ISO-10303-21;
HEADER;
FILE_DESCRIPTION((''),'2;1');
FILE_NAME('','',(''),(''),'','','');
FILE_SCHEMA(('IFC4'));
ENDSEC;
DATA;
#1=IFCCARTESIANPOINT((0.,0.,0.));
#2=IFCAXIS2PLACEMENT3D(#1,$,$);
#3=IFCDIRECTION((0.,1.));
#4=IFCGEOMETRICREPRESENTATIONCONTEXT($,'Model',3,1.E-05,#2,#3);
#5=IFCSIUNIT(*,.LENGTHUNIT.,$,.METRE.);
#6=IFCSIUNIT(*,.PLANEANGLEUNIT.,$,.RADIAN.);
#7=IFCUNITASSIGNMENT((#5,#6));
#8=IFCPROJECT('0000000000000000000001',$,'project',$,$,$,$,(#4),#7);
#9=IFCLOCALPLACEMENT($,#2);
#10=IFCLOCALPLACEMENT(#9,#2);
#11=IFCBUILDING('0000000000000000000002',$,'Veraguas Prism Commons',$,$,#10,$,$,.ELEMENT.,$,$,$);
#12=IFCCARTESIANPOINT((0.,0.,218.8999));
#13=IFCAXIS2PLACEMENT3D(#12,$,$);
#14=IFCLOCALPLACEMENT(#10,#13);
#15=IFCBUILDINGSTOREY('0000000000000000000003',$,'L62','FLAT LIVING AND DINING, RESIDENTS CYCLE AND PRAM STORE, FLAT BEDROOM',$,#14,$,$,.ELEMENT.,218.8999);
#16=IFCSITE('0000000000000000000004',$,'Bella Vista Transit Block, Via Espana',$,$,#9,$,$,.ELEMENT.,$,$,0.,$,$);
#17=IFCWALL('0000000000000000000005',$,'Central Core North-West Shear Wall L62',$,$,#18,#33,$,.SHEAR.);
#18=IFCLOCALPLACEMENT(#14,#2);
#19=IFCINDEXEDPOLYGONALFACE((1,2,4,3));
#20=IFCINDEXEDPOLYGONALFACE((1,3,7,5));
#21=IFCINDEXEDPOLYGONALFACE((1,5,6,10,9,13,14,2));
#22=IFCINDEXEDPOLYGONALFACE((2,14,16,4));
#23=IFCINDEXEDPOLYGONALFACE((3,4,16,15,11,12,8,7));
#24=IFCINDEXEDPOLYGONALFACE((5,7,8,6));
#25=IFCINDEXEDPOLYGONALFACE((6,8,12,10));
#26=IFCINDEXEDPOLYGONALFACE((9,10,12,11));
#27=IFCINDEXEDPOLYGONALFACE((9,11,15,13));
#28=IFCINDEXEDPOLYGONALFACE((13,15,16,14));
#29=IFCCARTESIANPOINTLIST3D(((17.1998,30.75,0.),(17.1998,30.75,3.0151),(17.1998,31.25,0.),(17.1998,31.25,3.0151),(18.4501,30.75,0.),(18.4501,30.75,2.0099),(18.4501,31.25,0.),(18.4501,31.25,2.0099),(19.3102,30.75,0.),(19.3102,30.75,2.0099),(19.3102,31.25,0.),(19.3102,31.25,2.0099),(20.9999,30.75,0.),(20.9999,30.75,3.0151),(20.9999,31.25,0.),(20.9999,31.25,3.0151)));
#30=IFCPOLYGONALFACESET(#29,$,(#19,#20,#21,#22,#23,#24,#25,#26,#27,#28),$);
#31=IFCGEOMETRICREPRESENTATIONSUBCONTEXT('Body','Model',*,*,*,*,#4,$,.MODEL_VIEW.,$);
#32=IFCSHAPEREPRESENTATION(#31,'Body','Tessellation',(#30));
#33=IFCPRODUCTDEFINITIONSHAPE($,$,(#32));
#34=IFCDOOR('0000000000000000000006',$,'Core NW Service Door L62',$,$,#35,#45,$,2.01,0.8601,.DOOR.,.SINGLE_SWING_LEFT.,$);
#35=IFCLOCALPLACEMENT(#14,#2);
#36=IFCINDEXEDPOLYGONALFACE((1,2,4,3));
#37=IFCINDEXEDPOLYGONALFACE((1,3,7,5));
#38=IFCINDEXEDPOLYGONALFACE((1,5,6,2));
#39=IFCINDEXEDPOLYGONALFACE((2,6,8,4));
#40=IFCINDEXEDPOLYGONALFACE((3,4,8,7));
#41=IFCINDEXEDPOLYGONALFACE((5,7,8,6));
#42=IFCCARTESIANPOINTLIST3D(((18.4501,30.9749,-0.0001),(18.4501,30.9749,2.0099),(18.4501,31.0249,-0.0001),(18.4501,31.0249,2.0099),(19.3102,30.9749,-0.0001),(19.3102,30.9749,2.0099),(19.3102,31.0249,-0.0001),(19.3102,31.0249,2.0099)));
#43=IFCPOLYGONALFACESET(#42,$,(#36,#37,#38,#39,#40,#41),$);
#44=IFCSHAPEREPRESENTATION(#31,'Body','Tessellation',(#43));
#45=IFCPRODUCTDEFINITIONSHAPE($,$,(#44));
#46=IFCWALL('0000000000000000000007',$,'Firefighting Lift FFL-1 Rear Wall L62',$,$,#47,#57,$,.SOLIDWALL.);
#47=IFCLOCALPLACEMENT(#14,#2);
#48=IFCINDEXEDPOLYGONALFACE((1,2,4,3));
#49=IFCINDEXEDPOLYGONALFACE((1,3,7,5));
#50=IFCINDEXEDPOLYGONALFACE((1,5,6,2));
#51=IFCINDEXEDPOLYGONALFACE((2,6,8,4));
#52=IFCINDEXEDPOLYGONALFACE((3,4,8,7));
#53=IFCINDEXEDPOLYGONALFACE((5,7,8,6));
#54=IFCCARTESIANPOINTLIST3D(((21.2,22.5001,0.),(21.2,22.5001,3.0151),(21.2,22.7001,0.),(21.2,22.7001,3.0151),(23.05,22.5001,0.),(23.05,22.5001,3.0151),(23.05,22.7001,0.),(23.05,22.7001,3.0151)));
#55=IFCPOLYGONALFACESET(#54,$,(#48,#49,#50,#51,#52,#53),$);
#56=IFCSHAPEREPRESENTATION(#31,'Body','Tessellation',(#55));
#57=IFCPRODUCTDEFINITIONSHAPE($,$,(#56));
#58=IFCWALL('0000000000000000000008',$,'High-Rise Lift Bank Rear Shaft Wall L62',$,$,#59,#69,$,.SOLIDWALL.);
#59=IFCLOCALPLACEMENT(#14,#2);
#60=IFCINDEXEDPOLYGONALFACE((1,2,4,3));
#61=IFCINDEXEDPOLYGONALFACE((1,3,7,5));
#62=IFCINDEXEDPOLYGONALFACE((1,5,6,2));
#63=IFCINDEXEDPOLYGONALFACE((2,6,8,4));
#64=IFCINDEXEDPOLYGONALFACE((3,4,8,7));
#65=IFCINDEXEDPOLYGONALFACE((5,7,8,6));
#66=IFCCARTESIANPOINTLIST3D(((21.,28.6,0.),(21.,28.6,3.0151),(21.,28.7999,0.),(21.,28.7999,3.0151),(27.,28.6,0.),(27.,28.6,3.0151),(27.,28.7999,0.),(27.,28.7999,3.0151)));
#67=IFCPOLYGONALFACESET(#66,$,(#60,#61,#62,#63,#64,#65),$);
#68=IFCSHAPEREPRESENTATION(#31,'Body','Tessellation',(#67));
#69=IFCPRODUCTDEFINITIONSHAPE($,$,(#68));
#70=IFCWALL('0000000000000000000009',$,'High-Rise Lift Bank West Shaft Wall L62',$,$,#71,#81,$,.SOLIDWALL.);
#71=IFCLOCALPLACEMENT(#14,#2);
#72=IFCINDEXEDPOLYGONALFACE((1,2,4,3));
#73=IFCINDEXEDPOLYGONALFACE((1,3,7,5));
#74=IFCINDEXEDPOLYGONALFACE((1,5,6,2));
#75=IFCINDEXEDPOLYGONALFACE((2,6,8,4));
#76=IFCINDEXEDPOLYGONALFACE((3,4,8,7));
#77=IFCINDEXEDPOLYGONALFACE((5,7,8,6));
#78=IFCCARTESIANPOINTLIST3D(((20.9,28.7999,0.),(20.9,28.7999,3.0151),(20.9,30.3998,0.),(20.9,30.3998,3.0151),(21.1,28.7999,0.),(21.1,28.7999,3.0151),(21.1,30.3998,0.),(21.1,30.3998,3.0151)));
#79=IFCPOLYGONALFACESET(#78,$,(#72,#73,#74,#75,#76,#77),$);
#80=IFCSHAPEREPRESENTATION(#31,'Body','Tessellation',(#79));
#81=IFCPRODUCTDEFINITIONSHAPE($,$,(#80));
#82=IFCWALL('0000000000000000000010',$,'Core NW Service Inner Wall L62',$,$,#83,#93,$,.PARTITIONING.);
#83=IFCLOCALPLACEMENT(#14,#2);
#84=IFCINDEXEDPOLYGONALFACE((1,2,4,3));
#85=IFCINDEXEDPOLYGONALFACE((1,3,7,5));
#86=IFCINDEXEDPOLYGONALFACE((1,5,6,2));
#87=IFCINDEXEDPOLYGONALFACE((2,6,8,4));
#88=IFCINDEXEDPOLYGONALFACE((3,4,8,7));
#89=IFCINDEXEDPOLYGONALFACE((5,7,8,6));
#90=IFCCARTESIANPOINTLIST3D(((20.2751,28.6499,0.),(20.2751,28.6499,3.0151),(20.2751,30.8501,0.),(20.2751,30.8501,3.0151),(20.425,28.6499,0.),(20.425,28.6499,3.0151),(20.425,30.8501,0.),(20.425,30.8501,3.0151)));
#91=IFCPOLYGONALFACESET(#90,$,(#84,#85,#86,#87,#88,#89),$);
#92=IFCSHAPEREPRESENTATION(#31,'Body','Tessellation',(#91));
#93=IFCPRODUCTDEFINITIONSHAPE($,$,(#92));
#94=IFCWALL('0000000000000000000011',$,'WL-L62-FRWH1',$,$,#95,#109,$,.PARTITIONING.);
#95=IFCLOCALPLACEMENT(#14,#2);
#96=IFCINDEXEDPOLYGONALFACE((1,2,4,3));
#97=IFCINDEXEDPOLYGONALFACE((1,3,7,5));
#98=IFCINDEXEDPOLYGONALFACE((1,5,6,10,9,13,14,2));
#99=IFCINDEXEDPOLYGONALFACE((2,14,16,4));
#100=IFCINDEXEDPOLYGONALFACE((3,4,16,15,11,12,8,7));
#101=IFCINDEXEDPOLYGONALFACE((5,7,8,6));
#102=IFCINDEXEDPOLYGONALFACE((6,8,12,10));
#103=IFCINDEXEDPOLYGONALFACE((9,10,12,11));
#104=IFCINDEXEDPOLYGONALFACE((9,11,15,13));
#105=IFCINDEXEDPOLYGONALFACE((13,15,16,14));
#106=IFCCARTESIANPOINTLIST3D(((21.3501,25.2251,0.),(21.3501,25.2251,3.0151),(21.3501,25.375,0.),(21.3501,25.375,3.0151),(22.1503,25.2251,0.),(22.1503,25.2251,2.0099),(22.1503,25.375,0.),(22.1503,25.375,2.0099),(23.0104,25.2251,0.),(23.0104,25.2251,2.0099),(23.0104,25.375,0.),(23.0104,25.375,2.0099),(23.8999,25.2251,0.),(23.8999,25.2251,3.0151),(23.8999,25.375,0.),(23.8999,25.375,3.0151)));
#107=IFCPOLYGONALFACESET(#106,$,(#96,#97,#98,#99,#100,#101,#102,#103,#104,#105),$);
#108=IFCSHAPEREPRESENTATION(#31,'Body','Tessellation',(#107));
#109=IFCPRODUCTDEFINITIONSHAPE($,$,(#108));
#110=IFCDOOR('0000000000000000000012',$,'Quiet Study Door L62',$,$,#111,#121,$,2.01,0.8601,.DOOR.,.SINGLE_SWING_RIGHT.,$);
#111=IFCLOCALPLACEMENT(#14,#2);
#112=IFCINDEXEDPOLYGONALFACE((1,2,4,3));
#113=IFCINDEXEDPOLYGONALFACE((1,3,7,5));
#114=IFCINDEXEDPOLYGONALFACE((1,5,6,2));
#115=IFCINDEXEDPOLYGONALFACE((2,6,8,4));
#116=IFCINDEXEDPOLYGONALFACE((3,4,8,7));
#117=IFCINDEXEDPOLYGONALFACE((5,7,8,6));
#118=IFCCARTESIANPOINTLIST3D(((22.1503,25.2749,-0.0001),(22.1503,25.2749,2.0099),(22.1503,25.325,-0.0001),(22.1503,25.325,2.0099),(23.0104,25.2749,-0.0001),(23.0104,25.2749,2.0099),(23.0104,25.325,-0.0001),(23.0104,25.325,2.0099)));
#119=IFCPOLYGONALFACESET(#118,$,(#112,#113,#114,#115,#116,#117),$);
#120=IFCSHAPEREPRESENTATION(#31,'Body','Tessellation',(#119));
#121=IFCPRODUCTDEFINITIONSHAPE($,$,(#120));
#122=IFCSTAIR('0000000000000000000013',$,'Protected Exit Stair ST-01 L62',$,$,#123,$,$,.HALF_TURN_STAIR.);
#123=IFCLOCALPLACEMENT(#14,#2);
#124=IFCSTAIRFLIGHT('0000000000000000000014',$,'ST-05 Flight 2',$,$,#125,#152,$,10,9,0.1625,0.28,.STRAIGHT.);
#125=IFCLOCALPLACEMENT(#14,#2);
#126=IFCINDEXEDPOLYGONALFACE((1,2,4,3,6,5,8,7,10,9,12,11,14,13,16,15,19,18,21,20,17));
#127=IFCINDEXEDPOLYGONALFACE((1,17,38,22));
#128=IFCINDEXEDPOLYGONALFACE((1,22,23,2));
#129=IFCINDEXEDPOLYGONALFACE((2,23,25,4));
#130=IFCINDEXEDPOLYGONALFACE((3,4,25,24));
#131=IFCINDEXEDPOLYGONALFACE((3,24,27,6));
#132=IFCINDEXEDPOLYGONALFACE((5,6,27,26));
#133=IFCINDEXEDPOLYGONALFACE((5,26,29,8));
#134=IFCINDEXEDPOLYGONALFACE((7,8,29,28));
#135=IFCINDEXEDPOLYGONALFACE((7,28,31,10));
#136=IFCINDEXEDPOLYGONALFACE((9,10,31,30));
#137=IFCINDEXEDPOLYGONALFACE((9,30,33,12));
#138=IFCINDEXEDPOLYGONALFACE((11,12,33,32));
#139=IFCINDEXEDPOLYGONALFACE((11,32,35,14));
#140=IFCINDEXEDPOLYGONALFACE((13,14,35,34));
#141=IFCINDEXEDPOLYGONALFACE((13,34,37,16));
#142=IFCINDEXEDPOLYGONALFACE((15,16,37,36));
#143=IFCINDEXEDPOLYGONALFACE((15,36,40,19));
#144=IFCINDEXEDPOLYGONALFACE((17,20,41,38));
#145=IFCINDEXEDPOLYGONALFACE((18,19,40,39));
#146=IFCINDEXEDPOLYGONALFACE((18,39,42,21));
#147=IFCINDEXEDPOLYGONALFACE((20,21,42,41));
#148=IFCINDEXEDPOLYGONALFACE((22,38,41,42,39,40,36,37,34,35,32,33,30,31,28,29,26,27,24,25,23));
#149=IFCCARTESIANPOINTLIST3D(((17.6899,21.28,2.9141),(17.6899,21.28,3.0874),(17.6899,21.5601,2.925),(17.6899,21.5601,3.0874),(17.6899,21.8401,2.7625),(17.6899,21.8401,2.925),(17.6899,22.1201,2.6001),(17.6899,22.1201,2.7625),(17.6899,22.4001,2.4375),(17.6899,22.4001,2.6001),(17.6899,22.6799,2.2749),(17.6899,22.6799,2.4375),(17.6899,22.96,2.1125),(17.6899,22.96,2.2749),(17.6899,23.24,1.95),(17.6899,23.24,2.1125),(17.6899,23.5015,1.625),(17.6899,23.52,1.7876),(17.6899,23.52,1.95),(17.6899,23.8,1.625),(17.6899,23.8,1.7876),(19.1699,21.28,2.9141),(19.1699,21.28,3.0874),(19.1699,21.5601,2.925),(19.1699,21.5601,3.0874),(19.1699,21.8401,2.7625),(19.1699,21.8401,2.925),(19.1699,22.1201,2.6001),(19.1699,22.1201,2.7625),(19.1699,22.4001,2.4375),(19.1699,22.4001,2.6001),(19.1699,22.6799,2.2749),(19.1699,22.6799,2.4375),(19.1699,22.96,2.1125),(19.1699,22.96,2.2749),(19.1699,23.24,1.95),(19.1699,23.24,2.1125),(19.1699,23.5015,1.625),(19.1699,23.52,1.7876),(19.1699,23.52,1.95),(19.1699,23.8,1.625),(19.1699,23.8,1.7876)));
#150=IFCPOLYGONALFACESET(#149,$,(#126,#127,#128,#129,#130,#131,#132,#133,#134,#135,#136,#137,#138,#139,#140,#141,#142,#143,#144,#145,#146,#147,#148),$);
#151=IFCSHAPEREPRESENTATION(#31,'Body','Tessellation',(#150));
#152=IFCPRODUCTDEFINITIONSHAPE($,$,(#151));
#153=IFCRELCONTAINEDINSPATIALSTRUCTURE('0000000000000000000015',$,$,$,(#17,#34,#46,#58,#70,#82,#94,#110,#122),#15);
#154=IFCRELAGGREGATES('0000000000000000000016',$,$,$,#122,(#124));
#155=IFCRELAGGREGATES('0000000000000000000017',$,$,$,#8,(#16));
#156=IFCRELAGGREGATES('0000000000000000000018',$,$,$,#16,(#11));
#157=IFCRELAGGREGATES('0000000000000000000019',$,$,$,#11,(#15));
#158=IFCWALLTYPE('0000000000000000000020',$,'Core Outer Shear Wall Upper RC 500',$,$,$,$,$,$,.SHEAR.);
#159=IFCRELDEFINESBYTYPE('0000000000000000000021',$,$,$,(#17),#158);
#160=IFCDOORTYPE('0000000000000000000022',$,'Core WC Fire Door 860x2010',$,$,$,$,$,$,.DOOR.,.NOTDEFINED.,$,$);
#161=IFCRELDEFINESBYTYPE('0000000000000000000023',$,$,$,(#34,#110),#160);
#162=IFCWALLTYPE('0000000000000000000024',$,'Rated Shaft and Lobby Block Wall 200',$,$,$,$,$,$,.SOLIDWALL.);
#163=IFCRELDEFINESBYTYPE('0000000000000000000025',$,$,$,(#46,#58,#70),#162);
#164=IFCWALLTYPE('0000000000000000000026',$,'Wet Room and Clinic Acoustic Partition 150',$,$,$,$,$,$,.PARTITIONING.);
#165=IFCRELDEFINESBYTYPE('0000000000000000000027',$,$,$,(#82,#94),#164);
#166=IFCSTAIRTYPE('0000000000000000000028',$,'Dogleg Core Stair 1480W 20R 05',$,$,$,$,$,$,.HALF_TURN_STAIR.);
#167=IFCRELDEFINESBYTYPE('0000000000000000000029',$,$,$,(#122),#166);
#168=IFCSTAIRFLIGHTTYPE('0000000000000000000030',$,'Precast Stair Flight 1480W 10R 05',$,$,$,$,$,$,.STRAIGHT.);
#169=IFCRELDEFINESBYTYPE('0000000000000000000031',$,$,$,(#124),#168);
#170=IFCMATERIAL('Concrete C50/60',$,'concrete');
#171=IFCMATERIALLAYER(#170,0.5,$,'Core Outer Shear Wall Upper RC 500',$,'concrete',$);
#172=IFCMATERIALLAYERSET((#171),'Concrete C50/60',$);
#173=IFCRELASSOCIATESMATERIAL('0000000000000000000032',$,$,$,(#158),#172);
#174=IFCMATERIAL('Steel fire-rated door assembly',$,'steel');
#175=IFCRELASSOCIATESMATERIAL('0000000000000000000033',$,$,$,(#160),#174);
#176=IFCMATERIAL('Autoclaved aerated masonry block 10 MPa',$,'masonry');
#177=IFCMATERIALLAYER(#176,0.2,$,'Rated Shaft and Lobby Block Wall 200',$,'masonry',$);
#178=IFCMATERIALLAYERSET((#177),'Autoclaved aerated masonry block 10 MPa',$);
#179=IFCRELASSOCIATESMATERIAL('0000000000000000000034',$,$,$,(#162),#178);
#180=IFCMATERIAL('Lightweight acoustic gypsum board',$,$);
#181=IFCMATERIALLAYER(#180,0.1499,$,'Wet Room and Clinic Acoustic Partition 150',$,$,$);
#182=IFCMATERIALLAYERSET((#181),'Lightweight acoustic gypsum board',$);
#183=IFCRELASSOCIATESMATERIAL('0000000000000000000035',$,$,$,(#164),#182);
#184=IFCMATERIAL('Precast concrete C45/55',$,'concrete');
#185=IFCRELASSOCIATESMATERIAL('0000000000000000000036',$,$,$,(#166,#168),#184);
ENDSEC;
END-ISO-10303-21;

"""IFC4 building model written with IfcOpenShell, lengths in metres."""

from ifc_helpers import new_model, si_unit, direction, frame, frame_2d, origin, place, context, subcontext, project, spatial, polyline, rectangle, outline, extrude, source, transform, mapped, material, layer, layer_set, type_object, element, fill, aggregate, save


model = new_model("IFC4")

# Units and contexts
model_context = context("Model", 3, precision=1e-05, world=origin(), true_north=direction((0.0, 1.0)))
body_context = subcontext(model_context, "Body", "Model", "MODEL_VIEW")
ifc_project = project(units=[si_unit("LENGTHUNIT", "METRE"), si_unit("PLANEANGLEUNIT", "RADIAN")], contexts=[model_context])

# Site, building, storey
site_placement = place(None, origin())
site = spatial("IfcSite", under=ifc_project, at=site_placement, Name="Bella Vista Transit Block, Via Espana", CompositionType="ELEMENT", RefElevation=0.0)
building_placement = place(site_placement, origin())
building = spatial("IfcBuilding", under=site, at=building_placement, Name="Veraguas Prism Commons", CompositionType="ELEMENT")
storey_placement = place(building_placement, frame((0.0, 0.0, 218.8999)))
storey = spatial("IfcBuildingStorey", under=building, at=storey_placement, Name="L62", Description="FLAT LIVING AND DINING, RESIDENTS CYCLE AND PRAM STORE, FLAT BEDROOM", CompositionType="ELEMENT", Elevation=218.8999)

# Shared definitions
ifc_material_1 = material(Name="Concrete C50/60", Category="concrete")

# Wall, opening, door
ifc_layer_1 = layer(ifc_material_1, 0.5, Name="Core Outer Shear Wall Upper RC 500", Category="concrete")
ifc_layer_set_1 = layer_set([ifc_layer_1], Name="Concrete C50/60")
wall_type_1 = type_object("IfcWallType", Name="Core Outer Shear Wall Upper RC 500", PredefinedType="SHEAR", material=ifc_layer_set_1)
wall_1_placement = place(storey_placement, frame((17.2, 31.0, 0.0), z_axis=(0.0, 0.0, 1.0), x_axis=(1.0, 0.0, 0.0)))
wall_1 = element("IfcWall", 1, at=wall_1_placement, inside=storey, type_object=wall_type_1, Name="Central Core North-West Shear Wall L62", PredefinedType="SHEAR", context=body_context, shape_type="SweptSolid", body=[
    extrude(rectangle(XDim=3.8, YDim=0.5, at=frame_2d((1.8999, 0.0))), origin(), (0.0, 0.0, 1.0), 3.0151),
])
opening_1_placement = place(wall_1_placement, frame((1.25, 0.0, 0.0)))
opening_1 = element("IfcOpeningElement", 2, at=opening_1_placement, cuts=wall_1, PredefinedType="OPENING", context=body_context, shape_type="SweptSolid", body=[
    extrude(rectangle(XDim=0.8601, YDim=2.01, at=frame_2d((0.4302, 1.0049))), frame((0.0, 0.26, 0.0), z_axis=(0.0, -1.0, 0.0), x_axis=(1.0, 0.0, 0.0)), (0.0, 0.0, 1.0), 0.52),
])
ifc_material_2 = material(Name="Steel fire-rated door assembly", Category="steel")
door_type_1 = type_object("IfcDoorType", Name="Core WC Fire Door 860x2010", OperationType="NOTDEFINED", PredefinedType="DOOR", material=ifc_material_2)
shared_shape_1 = source(origin(), body_context, "Body", "SweptSolid", [
    extrude(rectangle(XDim=0.8601, YDim=2.01, at=frame_2d((0.4302, 1.0049))), frame((0.0, 0.0249, 0.0), z_axis=(0.0, -1.0, 0.0), x_axis=(1.0, 0.0, 0.0)), (0.0, 0.0, 1.0), 0.05),
])
door_1_placement = place(opening_1_placement, origin())
door_1 = element("IfcDoor", 3, at=door_1_placement, inside=storey, type_object=door_type_1, Name="Core NW Service Door L62", OperationType="SINGLE_SWING_LEFT", OverallHeight=2.01, OverallWidth=0.8601, PredefinedType="DOOR", context=body_context, shape_type="MappedRepresentation", body=[
    mapped(shared_shape_1, transform((0.0, 0.0, 0.0), scale=1.0)),
])
fill(opening_1, door_1)

# Walls
ifc_material_3 = material(Name="Autoclaved aerated masonry block 10 MPa", Category="masonry")
ifc_layer_2 = layer(ifc_material_3, 0.2, Name="Rated Shaft and Lobby Block Wall 200", Category="masonry")
ifc_layer_set_2 = layer_set([ifc_layer_2], Name="Autoclaved aerated masonry block 10 MPa")
wall_type_2 = type_object("IfcWallType", Name="Rated Shaft and Lobby Block Wall 200", PredefinedType="SOLIDWALL", material=ifc_layer_set_2)
wall_2_placement = place(storey_placement, frame((21.2, 22.6001, 0.0), z_axis=(0.0, 0.0, 1.0), x_axis=(1.0, 0.0, 0.0)))
element("IfcWall", 4, at=wall_2_placement, inside=storey, type_object=wall_type_2, Name="Firefighting Lift FFL-1 Rear Wall L62", PredefinedType="SOLIDWALL", context=body_context, shape_type="SweptSolid", body=[
    extrude(rectangle(XDim=1.8501, YDim=0.2, at=frame_2d((0.925, 0.0))), origin(), (0.0, 0.0, 1.0), 3.0151),
])
wall_3_placement = place(storey_placement, frame((21.0, 28.7, 0.0), z_axis=(0.0, 0.0, 1.0), x_axis=(1.0, 0.0, 0.0)))
element("IfcWall", 5, at=wall_3_placement, inside=storey, type_object=wall_type_2, Name="High-Rise Lift Bank Rear Shaft Wall L62", PredefinedType="SOLIDWALL", context=body_context, shape_type="SweptSolid", body=[
    extrude(rectangle(XDim=6.0, YDim=0.2, at=frame_2d((3.0, 0.0))), origin(), (0.0, 0.0, 1.0), 3.0151),
])
wall_4_placement = place(storey_placement, frame((21.0, 28.8, 0.0), z_axis=(0.0, 0.0, 1.0), x_axis=(0.0, 1.0, 0.0)))
element("IfcWall", 6, at=wall_4_placement, inside=storey, type_object=wall_type_2, Name="High-Rise Lift Bank West Shaft Wall L62", PredefinedType="SOLIDWALL", context=body_context, shape_type="SweptSolid", body=[
    extrude(rectangle(XDim=1.5999, YDim=0.2, at=frame_2d((0.7998, 0.0))), origin(), (0.0, 0.0, 1.0), 3.0151),
])
ifc_material_4 = material(Name="Lightweight acoustic gypsum board")
ifc_layer_3 = layer(ifc_material_4, 0.1499, Name="Wet Room and Clinic Acoustic Partition 150")
ifc_layer_set_3 = layer_set([ifc_layer_3], Name="Lightweight acoustic gypsum board")
wall_type_3 = type_object("IfcWallType", Name="Wet Room and Clinic Acoustic Partition 150", PredefinedType="PARTITIONING", material=ifc_layer_set_3)
wall_5_placement = place(storey_placement, frame((20.3501, 28.6499, 0.0), z_axis=(0.0, 0.0, 1.0), x_axis=(0.0, 1.0, 0.0)))
element("IfcWall", 7, at=wall_5_placement, inside=storey, type_object=wall_type_3, Name="Core NW Service Inner Wall L62", PredefinedType="PARTITIONING", context=body_context, shape_type="SweptSolid", body=[
    extrude(rectangle(XDim=2.2002, YDim=0.1499, at=frame_2d((1.1001, 0.0))), origin(), (0.0, 0.0, 1.0), 3.0151),
])

# Wall, opening, door
wall_6_placement = place(storey_placement, frame((21.3501, 25.3, 0.0), z_axis=(0.0, 0.0, 1.0), x_axis=(1.0, 0.0, 0.0)))
wall_6 = element("IfcWall", 8, at=wall_6_placement, inside=storey, type_object=wall_type_3, Name="WL-L62-FRWH1", PredefinedType="PARTITIONING", context=body_context, shape_type="SweptSolid", body=[
    extrude(rectangle(XDim=2.5498, YDim=0.1499, at=frame_2d((1.2749, 0.0))), origin(), (0.0, 0.0, 1.0), 3.0151),
])
opening_2_placement = place(wall_6_placement, frame((0.8, 0.0, 0.0)))
opening_2 = element("IfcOpeningElement", 9, at=opening_2_placement, cuts=wall_6, PredefinedType="OPENING", context=body_context, shape_type="SweptSolid", body=[
    extrude(rectangle(XDim=0.8601, YDim=2.01, at=frame_2d((0.4302, 1.0049))), frame((0.0, 0.085, 0.0), z_axis=(0.0, -1.0, 0.0), x_axis=(1.0, 0.0, 0.0)), (0.0, 0.0, 1.0), 0.1699),
])
door_2_placement = place(opening_2_placement, origin())
door_2 = element("IfcDoor", 10, at=door_2_placement, inside=storey, type_object=door_type_1, Name="Quiet Study Door L62", OperationType="SINGLE_SWING_RIGHT", OverallHeight=2.01, OverallWidth=0.8601, PredefinedType="DOOR", context=body_context, shape_type="MappedRepresentation", body=[
    mapped(shared_shape_1, transform((0.0, 0.0, 0.0), scale=1.0)),
])
fill(opening_2, door_2)

# Stair, stair flight
ifc_material_5 = material(Name="Precast concrete C45/55", Category="concrete")
stair_type = type_object("IfcStairType", Name="Dogleg Core Stair 1480W 20R 05", PredefinedType="HALF_TURN_STAIR", material=ifc_material_5)
stair_placement = place(storey_placement, origin())
stair = element("IfcStair", 11, at=stair_placement, inside=storey, type_object=stair_type, Name="Protected Exit Stair ST-01 L62", PredefinedType="HALF_TURN_STAIR")
stair_flight_type = type_object("IfcStairFlightType", Name="Precast Stair Flight 1480W 10R 05", PredefinedType="STRAIGHT", material=ifc_material_5)
stair_flight_placement = place(storey_placement, frame((18.4299, 23.8, 1.625), z_axis=(0.0, 0.0, 1.0), x_axis=(0.0, -1.0, 0.0)))
stair_flight = element("IfcStairFlight", 12, at=stair_flight_placement, type_object=stair_flight_type, Name="ST-05 Flight 2", NumberOfRisers=10, NumberOfTreads=9, PredefinedType="STRAIGHT", RiserHeight=0.1625, TreadLength=0.28, context=body_context, shape_type="SweptSolid", body=[
    extrude(outline(polyline([(0.0, 0.0), (0.0, 0.1626), (0.28, 0.1626), (0.28, 0.325), (0.5601, 0.325), (0.5601, 0.4875), (0.8401, 0.4875), (0.8401, 0.6499), (1.1201, 0.6499), (1.1201, 0.8125), (1.3999, 0.8125), (1.3999, 0.9751), (1.6799, 0.9751), (1.6799, 1.1375), (1.96, 1.1375), (1.96, 1.3), (2.24, 1.3), (2.24, 1.4624), (2.52, 1.4624), (2.52, 1.625), (2.52, 1.2891), (0.2986, 0.0), (0.0, 0.0)])), frame((0.0, 0.74, 0.0), z_axis=(0.0, -1.0, 0.0), x_axis=(1.0, 0.0, 0.0)), (0.0, 0.0, 1.0), 1.48),
])
aggregate(stair, [stair_flight])

save(model, "model.ifc")
